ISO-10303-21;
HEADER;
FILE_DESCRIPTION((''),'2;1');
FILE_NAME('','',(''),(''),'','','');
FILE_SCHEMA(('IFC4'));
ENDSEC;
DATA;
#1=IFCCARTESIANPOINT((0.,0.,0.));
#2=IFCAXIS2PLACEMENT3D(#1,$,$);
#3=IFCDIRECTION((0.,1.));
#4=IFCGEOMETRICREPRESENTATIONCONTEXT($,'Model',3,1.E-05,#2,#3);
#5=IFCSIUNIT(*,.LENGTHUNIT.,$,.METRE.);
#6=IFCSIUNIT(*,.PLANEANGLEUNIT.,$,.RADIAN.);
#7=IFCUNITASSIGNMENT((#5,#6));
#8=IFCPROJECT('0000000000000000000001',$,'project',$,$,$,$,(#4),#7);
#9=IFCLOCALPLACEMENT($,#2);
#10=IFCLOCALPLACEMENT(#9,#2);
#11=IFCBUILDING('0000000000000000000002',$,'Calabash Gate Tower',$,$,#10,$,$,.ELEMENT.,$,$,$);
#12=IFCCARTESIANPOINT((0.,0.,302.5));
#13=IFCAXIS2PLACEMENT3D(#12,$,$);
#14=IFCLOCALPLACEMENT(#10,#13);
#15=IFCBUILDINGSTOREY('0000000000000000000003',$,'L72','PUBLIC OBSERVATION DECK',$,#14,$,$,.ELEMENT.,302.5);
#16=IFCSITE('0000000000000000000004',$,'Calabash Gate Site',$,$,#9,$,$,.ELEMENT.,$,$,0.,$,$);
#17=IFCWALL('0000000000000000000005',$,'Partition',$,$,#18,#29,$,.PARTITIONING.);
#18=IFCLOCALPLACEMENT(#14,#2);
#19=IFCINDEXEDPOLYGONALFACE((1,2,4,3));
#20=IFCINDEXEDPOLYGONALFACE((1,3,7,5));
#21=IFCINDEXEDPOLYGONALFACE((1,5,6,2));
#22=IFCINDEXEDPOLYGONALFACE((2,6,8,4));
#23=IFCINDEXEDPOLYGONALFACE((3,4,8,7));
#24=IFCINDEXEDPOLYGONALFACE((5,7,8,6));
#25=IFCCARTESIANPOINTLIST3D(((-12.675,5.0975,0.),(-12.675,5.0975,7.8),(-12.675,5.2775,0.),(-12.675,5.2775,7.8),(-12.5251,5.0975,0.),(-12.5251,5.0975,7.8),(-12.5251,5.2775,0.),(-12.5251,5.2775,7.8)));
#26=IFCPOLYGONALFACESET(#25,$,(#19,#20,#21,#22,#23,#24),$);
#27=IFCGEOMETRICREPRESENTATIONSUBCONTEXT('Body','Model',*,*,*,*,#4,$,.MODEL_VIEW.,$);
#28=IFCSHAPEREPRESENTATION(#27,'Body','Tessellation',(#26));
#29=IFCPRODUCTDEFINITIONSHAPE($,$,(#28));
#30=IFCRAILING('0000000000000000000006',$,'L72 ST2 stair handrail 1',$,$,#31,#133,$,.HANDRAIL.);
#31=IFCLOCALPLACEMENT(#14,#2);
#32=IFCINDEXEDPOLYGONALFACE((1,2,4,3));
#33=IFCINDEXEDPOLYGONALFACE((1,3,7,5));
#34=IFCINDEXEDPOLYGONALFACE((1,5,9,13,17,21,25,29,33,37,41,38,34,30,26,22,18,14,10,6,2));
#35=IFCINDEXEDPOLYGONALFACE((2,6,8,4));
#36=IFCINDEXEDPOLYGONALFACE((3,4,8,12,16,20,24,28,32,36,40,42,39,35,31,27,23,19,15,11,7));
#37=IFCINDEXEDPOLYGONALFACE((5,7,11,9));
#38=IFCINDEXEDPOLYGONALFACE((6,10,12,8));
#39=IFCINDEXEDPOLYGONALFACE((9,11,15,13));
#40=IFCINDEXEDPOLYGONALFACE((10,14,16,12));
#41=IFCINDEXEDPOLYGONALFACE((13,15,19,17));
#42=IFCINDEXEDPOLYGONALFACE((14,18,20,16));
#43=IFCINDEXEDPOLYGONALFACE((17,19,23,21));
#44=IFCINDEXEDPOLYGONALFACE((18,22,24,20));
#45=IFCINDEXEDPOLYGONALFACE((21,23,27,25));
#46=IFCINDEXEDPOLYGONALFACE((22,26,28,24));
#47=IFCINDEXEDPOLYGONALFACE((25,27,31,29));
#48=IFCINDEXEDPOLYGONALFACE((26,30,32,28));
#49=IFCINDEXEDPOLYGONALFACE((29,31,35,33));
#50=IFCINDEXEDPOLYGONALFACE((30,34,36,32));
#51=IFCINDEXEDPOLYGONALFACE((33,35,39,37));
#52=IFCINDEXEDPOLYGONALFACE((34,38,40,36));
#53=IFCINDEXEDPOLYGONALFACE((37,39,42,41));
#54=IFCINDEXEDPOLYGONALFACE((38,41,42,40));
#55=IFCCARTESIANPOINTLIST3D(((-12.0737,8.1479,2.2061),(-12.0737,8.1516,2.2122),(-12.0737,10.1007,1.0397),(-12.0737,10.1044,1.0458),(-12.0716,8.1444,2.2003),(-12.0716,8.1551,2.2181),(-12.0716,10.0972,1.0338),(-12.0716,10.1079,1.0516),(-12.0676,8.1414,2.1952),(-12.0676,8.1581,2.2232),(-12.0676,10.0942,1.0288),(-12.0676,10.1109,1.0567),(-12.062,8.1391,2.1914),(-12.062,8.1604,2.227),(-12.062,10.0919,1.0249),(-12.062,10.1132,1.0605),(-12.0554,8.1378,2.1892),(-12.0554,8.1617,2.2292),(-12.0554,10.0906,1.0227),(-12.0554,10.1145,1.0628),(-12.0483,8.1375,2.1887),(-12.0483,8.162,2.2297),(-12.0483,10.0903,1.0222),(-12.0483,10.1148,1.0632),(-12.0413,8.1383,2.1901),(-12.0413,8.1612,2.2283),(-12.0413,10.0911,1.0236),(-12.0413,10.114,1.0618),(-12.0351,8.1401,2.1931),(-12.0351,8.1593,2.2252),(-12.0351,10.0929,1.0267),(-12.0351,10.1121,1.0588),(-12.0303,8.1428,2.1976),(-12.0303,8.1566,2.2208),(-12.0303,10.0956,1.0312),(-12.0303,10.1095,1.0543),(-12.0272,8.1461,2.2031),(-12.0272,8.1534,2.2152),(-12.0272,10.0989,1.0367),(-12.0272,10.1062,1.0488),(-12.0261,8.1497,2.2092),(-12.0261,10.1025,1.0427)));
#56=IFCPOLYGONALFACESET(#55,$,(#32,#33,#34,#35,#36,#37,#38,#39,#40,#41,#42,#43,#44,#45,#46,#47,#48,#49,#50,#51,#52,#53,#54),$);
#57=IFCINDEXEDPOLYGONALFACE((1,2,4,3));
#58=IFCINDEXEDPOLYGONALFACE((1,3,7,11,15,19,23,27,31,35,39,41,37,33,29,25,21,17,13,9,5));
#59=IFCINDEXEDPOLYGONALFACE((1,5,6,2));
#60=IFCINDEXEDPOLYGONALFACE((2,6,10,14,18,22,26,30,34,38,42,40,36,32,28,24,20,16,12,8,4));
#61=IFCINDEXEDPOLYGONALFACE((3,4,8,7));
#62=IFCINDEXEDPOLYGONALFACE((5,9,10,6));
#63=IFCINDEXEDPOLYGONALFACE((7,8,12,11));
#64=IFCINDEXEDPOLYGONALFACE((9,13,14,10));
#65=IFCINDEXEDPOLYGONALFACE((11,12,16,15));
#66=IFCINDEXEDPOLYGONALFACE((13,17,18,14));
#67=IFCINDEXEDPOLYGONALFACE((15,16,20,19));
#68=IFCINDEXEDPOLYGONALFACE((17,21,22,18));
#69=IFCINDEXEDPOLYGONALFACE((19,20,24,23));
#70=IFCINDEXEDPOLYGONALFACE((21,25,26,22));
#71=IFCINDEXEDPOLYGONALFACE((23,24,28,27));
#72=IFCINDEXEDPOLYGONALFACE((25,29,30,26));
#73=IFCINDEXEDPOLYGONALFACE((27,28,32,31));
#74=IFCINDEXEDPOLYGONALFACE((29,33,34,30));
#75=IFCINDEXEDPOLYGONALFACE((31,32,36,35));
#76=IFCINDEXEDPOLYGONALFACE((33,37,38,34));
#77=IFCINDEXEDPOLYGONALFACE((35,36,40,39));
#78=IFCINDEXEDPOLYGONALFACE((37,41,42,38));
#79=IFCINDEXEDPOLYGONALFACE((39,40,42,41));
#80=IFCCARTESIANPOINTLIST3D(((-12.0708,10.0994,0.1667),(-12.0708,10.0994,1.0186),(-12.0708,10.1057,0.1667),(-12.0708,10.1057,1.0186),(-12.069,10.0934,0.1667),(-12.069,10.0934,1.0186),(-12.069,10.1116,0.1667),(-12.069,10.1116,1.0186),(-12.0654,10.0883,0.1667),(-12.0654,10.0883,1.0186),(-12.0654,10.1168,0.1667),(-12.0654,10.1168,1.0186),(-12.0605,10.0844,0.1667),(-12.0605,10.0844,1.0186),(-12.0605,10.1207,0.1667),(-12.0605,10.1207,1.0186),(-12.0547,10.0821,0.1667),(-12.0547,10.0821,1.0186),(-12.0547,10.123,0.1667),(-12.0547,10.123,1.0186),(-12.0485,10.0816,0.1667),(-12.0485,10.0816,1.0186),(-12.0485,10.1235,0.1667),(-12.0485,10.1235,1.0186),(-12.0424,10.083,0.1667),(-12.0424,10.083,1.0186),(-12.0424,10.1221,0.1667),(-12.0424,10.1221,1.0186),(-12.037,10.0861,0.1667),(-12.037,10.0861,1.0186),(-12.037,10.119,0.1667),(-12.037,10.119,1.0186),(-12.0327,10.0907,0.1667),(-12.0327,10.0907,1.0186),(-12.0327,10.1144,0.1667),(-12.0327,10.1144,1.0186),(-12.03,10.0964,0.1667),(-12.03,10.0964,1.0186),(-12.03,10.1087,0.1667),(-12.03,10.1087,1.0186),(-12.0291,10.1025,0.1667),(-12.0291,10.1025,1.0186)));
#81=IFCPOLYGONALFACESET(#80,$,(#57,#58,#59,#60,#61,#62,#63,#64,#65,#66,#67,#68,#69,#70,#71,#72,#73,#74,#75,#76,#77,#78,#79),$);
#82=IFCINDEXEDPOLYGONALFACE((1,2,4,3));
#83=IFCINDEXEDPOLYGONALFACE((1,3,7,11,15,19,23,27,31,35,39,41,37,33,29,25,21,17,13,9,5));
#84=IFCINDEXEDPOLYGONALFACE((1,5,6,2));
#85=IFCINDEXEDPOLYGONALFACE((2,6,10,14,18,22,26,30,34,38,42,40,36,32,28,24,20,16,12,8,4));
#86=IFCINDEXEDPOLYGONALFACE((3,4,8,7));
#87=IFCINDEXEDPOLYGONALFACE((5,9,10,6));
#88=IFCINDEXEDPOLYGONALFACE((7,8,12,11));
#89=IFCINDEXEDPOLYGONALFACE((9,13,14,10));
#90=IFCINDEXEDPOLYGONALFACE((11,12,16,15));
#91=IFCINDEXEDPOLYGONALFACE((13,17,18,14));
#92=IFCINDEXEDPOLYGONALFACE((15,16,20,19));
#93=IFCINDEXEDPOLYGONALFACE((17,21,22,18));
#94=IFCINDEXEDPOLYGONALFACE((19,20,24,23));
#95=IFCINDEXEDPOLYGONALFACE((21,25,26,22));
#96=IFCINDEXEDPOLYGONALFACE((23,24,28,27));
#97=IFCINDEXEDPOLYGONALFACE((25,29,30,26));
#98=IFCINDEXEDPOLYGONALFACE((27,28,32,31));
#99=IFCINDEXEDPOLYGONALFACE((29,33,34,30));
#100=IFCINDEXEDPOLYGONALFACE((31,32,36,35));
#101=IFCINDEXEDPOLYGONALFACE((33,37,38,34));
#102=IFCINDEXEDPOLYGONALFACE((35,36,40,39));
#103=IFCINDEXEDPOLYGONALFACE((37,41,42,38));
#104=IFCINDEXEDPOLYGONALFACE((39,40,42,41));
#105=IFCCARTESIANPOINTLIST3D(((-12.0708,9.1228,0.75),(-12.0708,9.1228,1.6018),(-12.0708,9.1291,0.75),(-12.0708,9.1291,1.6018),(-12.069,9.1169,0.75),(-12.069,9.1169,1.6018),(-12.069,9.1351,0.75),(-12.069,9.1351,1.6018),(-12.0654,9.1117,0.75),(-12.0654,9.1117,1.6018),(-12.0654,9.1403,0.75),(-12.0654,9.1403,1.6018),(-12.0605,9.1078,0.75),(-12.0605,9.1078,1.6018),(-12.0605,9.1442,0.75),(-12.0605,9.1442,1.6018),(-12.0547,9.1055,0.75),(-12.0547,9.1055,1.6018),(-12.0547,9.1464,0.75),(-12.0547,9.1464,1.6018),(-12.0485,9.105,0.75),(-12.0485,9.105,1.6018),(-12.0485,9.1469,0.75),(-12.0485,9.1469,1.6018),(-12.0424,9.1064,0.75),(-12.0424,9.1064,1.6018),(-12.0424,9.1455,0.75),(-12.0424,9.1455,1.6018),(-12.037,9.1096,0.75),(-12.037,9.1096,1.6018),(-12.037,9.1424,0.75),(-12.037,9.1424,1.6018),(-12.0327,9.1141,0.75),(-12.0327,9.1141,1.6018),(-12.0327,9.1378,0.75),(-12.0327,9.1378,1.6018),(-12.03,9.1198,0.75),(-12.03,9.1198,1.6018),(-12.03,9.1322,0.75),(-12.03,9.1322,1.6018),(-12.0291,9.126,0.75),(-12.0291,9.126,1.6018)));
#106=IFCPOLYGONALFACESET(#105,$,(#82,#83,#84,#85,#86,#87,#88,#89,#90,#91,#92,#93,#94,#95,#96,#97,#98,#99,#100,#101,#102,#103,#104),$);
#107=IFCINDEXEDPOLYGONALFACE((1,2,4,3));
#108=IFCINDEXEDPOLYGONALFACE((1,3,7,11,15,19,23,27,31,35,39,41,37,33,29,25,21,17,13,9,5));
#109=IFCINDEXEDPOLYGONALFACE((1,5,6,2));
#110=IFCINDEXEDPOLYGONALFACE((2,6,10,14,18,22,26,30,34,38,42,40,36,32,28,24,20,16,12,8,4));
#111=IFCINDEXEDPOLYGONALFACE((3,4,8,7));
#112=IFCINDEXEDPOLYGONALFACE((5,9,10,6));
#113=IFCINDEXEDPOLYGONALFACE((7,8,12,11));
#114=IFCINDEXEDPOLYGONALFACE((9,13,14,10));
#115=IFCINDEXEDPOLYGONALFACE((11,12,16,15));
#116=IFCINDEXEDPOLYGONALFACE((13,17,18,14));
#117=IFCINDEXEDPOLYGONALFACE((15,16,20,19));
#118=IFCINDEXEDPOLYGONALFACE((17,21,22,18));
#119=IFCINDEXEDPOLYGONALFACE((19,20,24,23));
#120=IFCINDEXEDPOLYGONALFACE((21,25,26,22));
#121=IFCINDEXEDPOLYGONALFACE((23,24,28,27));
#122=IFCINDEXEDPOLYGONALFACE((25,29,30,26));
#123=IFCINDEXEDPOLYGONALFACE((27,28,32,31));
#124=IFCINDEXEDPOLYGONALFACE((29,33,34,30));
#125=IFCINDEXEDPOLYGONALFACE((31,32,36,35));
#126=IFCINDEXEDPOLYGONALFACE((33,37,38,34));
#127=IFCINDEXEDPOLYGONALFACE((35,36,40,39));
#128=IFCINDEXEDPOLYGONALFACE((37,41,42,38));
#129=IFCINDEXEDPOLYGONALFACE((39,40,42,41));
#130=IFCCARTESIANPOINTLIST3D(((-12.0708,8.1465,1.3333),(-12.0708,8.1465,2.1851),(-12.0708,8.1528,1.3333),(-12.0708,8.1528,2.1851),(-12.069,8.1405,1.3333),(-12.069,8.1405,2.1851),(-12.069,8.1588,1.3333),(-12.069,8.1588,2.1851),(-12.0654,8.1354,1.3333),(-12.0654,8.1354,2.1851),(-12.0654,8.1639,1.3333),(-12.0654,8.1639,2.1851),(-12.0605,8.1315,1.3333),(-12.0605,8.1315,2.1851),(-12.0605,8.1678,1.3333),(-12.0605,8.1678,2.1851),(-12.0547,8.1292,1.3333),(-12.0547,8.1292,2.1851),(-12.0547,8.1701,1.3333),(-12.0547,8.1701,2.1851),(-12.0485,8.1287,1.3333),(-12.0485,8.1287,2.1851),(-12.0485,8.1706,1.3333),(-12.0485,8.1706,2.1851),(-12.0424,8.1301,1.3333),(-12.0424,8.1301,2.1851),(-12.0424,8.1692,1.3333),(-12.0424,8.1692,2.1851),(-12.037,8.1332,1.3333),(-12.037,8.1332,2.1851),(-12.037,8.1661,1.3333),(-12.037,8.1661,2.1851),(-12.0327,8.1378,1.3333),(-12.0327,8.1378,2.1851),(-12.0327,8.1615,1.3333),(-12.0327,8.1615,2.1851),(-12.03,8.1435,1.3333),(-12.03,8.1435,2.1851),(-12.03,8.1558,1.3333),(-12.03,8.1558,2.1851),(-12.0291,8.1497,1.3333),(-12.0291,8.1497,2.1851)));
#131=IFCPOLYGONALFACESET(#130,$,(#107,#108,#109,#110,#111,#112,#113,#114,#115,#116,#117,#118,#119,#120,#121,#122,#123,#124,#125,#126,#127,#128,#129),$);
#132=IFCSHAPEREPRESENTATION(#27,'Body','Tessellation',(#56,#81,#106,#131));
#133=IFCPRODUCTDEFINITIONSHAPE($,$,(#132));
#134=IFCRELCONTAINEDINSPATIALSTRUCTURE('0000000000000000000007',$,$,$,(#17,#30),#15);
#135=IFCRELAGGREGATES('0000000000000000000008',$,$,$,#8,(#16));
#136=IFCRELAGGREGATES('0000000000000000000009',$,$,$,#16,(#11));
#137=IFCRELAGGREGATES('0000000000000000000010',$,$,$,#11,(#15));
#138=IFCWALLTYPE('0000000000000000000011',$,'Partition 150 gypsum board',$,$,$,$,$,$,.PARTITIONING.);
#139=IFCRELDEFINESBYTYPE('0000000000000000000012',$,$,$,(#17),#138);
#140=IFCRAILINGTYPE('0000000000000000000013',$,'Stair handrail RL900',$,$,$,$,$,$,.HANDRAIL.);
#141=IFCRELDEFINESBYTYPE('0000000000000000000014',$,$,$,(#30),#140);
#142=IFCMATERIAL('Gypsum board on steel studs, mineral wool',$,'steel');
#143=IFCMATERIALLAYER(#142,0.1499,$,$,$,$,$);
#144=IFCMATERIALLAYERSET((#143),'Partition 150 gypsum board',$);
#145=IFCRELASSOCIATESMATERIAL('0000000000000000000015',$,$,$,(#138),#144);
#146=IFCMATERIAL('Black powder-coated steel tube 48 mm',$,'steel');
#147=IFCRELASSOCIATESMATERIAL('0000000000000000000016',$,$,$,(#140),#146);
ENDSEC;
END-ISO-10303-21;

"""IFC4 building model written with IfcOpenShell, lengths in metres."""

from ifc_helpers import new_model, si_unit, direction, frame, frame_2d, origin, origin_2d, place, context, subcontext, project, spatial, rectangle, circle, extrude, material, layer, layer_set, type_object, element, save


model = new_model("IFC4")

# Units and contexts
model_context = context("Model", 3, precision=1e-05, world=origin(), true_north=direction((0.0, 1.0)))
body_context = subcontext(model_context, "Body", "Model", "MODEL_VIEW")
ifc_project = project(units=[si_unit("LENGTHUNIT", "METRE"), si_unit("PLANEANGLEUNIT", "RADIAN")], contexts=[model_context])

# Site, building, storey
site_placement = place(None, origin())
site = spatial("IfcSite", under=ifc_project, at=site_placement, Name="Calabash Gate Site", CompositionType="ELEMENT", RefElevation=0.0)
building_placement = place(site_placement, origin())
building = spatial("IfcBuilding", under=site, at=building_placement, Name="Calabash Gate Tower", CompositionType="ELEMENT")
storey_placement = place(building_placement, frame((0.0, 0.0, 302.5)))
storey = spatial("IfcBuildingStorey", under=building, at=storey_placement, Name="L72", Description="PUBLIC OBSERVATION DECK", CompositionType="ELEMENT", Elevation=302.5)

# Wall
ifc_material_1 = material(Name="Gypsum board on steel studs, mineral wool", Category="steel")
ifc_layer_1 = layer(ifc_material_1, 0.1499)
ifc_layer_set_1 = layer_set([ifc_layer_1], Name="Partition 150 gypsum board")
wall_type_1 = type_object("IfcWallType", Name="Partition 150 gypsum board", PredefinedType="PARTITIONING", material=ifc_layer_set_1)
wall_1_placement = place(storey_placement, frame((-12.6001, 5.0977, 0.0), z_axis=(0.0, 0.0, 1.0), x_axis=(0.0, 1.0, 0.0)))
element("IfcWall", 1, at=wall_1_placement, inside=storey, type_object=wall_type_1, Name="Partition", PredefinedType="PARTITIONING", context=body_context, shape_type="SweptSolid", body=[
    extrude(rectangle(XDim=0.1799, YDim=0.1499, at=frame_2d((0.0898, 0.0))), origin(), (0.0, 0.0, 1.0), 7.8),
])

# Railing
ifc_material_2 = material(Name="Black powder-coated steel tube 48 mm", Category="steel")
railing_type_1 = type_object("IfcRailingType", Name="Stair handrail RL900", PredefinedType="HANDRAIL", material=ifc_material_2)
railing_1_placement = place(storey_placement, frame((-12.05, 10.1025, 0.1667)))
element("IfcRailing", 2, at=railing_1_placement, inside=storey, type_object=railing_type_1, Name="L72 ST2 stair handrail 1", PredefinedType="HANDRAIL", context=body_context, shape_type="SweptSolid", body=[
    extrude(circle(Radius=0.0239, at=origin_2d()), frame((0.0, 0.0, 0.876), z_axis=(0.0, -0.858505, 0.512806), x_axis=(1.0, 0.0, 0.0)), (0.0, 0.0, 1.0), 2.2747),
    extrude(circle(Radius=0.021, at=origin_2d()), origin(), (0.0, 0.0, 1.0), 0.8518),
    extrude(circle(Radius=0.021, at=origin_2d()), frame((0.0, -0.9766, 0.5833)), (0.0, 0.0, 1.0), 0.8518),
    extrude(circle(Radius=0.021, at=origin_2d()), frame((0.0, -1.9529, 1.1665)), (0.0, 0.0, 1.0), 0.8518),
])

save(model, "model.ifc")
